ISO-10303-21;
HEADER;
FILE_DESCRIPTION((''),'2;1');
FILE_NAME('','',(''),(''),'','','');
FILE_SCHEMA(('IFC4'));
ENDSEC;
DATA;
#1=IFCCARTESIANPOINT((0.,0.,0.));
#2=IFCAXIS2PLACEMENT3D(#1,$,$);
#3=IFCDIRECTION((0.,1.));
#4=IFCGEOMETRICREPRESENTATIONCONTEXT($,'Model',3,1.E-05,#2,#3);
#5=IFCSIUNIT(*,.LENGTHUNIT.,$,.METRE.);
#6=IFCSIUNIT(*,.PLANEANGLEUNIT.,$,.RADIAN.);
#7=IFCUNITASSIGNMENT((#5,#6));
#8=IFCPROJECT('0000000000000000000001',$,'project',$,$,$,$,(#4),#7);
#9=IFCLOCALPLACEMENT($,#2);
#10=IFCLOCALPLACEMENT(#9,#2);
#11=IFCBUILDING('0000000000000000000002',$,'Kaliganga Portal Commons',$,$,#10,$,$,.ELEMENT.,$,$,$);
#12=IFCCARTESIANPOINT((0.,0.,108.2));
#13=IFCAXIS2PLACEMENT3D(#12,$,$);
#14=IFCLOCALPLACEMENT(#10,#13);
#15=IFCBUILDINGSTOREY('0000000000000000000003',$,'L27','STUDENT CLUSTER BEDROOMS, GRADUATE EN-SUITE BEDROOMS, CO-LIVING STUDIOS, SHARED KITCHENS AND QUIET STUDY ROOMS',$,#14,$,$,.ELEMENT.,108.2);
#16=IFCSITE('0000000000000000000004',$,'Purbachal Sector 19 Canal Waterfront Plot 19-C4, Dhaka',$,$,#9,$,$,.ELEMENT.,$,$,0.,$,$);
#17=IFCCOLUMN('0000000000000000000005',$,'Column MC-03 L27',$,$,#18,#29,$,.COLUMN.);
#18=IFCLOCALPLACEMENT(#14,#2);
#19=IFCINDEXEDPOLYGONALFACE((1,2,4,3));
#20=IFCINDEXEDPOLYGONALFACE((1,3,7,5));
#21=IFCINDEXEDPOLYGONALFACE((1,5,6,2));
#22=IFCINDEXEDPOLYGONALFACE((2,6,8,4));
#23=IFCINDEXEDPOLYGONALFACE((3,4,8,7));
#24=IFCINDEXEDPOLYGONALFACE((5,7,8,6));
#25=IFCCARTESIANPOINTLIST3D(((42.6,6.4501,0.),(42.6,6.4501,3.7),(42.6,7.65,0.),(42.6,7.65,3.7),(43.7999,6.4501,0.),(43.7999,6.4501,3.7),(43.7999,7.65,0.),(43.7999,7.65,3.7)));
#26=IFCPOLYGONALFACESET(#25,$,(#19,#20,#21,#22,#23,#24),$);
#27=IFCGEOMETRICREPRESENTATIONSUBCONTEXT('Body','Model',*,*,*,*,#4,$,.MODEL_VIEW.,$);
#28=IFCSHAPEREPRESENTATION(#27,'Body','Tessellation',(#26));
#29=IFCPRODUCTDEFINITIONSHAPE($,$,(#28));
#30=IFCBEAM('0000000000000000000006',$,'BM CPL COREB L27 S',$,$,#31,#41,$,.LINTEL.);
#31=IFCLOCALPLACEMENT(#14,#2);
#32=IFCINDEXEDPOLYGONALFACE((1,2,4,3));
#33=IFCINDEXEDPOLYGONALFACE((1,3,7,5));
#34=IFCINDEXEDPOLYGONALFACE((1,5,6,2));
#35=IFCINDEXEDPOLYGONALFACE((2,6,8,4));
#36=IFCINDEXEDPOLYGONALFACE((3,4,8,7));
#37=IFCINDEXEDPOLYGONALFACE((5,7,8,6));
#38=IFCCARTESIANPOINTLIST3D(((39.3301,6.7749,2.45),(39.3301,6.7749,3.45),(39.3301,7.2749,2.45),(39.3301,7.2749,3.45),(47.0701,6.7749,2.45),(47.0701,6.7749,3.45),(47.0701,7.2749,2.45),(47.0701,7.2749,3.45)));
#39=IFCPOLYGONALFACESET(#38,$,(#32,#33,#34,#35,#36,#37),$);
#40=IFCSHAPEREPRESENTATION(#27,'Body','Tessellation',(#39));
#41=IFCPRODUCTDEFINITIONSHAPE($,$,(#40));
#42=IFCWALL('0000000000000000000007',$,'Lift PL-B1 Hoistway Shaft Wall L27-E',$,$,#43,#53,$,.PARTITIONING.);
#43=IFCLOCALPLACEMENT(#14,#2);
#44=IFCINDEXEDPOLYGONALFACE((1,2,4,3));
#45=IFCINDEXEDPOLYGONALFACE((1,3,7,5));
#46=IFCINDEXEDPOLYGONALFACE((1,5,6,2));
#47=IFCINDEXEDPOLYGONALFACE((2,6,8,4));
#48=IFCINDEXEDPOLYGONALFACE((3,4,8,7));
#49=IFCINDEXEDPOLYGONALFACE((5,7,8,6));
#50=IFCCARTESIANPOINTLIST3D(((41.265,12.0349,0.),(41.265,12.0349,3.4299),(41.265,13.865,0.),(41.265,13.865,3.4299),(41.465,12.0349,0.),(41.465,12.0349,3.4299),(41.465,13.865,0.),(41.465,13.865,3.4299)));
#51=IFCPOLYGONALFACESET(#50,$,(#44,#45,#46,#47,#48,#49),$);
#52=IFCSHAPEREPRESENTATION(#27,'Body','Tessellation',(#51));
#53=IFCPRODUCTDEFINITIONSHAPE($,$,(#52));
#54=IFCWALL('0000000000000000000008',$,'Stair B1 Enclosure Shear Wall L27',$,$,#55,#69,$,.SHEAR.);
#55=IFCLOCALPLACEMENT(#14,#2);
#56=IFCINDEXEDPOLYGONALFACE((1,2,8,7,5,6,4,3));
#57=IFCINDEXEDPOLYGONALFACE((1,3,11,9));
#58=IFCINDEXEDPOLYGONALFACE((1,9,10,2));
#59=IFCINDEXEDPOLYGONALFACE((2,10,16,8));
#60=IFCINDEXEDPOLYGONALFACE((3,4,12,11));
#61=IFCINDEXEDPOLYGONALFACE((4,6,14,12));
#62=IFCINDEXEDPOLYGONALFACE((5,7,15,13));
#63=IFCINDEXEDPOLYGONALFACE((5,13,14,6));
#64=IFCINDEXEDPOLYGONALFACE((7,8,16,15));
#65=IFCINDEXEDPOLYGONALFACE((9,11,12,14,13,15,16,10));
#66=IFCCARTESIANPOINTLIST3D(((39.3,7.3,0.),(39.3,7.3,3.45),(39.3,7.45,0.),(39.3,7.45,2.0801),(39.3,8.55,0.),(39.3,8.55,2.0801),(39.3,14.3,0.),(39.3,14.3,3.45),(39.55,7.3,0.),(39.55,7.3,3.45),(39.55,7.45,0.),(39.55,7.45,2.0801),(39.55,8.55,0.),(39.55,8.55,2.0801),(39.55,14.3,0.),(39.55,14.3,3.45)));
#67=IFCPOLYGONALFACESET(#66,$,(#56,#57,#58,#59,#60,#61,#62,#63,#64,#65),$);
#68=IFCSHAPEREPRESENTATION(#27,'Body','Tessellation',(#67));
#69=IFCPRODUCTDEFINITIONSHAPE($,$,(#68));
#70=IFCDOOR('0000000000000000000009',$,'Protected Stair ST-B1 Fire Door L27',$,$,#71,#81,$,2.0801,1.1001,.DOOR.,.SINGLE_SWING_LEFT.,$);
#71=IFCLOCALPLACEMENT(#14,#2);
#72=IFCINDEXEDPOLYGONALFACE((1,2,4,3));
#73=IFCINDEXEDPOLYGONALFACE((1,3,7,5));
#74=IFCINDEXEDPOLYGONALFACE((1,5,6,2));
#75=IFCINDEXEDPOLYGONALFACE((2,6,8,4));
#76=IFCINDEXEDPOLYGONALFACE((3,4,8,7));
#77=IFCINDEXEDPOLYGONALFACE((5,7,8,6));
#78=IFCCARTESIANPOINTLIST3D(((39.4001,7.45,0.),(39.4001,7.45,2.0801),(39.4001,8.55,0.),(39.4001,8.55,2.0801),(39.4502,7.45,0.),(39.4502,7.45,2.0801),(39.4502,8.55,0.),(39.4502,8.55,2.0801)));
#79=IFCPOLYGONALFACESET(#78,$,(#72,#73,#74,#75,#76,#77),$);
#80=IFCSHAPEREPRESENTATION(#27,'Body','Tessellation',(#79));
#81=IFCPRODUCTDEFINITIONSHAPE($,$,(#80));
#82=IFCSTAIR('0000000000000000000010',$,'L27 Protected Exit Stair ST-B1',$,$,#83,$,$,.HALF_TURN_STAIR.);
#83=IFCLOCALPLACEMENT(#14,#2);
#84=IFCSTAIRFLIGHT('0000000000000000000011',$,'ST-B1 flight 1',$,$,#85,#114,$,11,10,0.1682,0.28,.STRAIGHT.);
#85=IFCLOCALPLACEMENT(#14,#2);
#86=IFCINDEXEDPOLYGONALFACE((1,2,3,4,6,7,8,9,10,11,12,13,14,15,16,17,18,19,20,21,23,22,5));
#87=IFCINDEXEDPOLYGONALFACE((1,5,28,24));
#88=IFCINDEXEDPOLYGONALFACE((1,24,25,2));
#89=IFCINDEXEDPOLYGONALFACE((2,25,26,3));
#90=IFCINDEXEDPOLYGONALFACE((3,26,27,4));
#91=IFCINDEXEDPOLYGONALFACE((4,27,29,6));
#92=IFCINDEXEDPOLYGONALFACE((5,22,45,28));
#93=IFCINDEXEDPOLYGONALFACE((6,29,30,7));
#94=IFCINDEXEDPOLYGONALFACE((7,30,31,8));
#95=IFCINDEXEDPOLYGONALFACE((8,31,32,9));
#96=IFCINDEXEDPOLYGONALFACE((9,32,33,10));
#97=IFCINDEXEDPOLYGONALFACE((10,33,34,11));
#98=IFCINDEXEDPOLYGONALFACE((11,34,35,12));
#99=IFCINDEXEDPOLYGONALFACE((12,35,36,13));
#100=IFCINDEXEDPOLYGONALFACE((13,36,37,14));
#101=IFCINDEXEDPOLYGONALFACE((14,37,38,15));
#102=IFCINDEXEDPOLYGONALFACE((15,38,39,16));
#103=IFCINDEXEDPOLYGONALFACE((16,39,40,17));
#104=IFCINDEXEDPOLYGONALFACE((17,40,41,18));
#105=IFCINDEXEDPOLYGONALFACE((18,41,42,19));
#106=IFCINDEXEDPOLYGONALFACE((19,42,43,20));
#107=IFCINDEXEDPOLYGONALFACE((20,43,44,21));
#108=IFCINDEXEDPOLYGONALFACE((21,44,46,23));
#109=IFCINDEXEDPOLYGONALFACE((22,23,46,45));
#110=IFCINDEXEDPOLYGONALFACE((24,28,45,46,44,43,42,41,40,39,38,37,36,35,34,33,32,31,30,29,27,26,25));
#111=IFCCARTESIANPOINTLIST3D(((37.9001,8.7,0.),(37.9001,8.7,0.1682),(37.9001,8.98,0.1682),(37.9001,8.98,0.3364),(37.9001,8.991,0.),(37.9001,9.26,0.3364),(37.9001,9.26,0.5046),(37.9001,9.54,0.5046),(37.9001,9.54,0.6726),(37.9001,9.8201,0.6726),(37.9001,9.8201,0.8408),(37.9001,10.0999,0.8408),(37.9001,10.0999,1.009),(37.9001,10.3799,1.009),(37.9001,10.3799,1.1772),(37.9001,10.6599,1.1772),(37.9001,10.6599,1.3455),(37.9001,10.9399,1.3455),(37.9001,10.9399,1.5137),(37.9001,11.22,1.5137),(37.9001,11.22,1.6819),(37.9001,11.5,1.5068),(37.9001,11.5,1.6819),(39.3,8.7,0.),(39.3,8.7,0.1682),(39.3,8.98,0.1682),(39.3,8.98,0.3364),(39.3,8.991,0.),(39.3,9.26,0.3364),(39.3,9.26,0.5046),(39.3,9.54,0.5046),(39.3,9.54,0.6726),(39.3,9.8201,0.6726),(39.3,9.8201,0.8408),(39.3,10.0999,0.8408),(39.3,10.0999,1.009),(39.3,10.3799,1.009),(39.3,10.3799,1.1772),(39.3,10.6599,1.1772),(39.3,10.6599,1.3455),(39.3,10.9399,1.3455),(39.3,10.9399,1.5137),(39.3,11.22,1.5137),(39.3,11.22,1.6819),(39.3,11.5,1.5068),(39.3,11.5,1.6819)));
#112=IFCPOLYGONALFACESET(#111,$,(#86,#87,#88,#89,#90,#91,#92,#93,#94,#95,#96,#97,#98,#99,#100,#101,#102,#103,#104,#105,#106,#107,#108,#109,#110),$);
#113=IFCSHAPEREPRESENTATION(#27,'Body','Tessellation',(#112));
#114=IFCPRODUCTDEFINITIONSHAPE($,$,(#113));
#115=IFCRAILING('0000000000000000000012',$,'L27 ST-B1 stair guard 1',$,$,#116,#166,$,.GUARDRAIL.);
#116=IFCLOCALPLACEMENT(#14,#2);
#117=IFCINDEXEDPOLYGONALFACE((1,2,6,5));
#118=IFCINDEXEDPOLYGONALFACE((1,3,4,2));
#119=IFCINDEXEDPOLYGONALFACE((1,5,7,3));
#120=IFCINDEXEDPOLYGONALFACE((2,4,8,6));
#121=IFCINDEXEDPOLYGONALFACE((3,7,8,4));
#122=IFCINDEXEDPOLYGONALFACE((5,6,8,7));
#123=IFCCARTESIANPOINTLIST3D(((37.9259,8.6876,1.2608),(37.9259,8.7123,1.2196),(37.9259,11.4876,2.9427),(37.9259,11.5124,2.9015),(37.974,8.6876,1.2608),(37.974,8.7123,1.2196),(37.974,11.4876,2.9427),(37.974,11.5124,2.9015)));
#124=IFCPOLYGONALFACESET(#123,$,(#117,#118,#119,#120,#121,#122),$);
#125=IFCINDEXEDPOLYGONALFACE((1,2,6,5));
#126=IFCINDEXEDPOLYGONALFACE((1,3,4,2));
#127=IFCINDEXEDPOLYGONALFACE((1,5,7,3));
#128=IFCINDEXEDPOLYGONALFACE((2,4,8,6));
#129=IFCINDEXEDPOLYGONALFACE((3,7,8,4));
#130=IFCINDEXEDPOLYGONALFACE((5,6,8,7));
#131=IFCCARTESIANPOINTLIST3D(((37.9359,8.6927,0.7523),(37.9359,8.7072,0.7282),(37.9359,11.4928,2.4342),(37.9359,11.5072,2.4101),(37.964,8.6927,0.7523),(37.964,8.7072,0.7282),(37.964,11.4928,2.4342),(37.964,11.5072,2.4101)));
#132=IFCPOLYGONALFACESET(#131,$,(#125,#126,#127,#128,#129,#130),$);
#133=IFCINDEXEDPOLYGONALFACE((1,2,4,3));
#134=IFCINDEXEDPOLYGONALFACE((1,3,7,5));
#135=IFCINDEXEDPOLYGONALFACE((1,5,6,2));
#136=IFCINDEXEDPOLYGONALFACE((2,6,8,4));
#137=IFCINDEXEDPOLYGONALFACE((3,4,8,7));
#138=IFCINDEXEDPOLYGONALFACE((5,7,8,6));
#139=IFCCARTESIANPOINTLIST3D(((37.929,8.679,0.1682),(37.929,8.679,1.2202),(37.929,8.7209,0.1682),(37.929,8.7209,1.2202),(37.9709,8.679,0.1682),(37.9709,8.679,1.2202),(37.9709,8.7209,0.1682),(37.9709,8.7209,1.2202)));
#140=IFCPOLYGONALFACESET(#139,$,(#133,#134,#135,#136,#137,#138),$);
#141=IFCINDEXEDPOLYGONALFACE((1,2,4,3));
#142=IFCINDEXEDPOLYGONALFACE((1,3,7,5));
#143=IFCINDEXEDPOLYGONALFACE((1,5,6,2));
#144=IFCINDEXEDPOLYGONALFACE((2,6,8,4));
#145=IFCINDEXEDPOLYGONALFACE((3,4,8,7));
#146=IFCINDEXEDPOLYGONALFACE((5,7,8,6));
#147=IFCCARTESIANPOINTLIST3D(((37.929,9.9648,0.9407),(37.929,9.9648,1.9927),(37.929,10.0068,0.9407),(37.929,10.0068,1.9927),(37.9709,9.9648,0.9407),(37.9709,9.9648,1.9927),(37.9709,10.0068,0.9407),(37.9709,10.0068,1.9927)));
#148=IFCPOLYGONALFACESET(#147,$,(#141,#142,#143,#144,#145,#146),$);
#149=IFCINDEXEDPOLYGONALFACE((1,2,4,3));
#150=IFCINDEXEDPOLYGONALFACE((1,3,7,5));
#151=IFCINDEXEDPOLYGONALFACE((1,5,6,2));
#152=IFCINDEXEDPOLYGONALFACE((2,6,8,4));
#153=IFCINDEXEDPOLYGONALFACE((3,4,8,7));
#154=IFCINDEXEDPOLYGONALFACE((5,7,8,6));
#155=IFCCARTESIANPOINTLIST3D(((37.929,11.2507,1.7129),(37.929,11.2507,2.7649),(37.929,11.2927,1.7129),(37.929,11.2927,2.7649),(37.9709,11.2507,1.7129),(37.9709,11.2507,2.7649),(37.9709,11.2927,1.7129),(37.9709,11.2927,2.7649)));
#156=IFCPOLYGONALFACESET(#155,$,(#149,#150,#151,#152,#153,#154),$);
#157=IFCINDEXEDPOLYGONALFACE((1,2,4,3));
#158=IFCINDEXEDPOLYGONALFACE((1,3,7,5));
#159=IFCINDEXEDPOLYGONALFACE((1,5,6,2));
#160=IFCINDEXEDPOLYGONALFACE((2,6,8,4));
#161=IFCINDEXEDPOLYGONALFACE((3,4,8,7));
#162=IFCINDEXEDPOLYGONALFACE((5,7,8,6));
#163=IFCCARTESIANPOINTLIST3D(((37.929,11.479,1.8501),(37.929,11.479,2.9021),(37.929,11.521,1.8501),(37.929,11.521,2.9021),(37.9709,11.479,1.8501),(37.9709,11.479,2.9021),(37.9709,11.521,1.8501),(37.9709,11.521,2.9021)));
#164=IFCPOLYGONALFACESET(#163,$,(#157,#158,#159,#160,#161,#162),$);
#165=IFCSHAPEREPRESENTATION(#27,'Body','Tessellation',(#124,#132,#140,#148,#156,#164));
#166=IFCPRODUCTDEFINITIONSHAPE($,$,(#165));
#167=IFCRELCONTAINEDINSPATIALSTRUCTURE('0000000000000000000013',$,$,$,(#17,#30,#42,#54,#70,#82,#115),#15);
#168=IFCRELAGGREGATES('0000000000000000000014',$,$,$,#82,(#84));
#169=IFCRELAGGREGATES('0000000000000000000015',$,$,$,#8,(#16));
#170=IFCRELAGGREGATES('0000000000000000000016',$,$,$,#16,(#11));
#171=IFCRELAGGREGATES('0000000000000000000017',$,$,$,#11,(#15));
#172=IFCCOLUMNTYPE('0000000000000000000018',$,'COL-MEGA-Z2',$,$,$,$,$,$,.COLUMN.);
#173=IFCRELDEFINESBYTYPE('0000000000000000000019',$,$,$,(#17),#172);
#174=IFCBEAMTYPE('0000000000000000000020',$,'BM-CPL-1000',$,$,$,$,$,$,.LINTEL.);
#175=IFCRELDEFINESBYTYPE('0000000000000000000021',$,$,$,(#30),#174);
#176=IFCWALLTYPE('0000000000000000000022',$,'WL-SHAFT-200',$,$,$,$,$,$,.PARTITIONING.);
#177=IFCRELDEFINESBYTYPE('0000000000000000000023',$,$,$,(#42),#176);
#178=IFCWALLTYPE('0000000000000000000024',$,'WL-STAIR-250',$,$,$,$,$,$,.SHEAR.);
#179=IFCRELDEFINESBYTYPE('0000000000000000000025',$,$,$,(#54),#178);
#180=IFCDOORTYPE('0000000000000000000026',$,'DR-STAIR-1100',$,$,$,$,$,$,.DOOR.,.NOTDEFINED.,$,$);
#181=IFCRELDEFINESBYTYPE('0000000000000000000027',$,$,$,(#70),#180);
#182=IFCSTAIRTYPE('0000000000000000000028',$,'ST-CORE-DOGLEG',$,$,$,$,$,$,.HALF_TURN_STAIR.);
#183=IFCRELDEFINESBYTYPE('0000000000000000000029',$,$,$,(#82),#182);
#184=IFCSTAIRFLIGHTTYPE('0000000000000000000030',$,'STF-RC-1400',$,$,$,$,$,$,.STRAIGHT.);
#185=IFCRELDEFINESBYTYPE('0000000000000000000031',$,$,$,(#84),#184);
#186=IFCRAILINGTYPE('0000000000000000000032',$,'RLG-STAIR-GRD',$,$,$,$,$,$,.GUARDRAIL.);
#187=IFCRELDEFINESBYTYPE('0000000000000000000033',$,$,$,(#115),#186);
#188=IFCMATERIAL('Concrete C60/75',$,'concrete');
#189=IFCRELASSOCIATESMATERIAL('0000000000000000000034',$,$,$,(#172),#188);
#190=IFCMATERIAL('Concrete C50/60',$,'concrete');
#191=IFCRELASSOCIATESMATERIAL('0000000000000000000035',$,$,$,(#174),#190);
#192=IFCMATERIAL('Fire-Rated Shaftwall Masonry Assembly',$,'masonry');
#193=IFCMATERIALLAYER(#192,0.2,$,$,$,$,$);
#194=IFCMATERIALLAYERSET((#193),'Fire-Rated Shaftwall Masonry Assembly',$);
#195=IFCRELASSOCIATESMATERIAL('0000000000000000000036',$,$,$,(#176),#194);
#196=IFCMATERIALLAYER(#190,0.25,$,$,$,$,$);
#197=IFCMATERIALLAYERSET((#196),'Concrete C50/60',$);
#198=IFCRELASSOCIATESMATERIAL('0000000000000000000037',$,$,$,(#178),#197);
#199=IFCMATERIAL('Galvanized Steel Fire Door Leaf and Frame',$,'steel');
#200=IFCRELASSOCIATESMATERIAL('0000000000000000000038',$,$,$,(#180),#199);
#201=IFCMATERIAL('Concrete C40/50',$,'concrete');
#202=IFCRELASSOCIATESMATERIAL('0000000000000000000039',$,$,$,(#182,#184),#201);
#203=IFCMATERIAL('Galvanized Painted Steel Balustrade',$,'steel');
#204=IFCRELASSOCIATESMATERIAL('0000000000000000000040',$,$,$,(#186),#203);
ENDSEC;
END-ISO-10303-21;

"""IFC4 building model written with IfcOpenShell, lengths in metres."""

from ifc_helpers import new_model, si_unit, direction, frame, frame_2d, origin, origin_2d, place, context, subcontext, project, spatial, polyline, rectangle, outline, extrude, source, transform, mapped, material, layer, layer_set, material_profile, profile_set, type_object, element, fill, aggregate, save


model = new_model("IFC4")

# Units and contexts
model_context = context("Model", 3, precision=1e-05, world=origin(), true_north=direction((0.0, 1.0)))
body_context = subcontext(model_context, "Body", "Model", "MODEL_VIEW")
ifc_project = project(units=[si_unit("LENGTHUNIT", "METRE"), si_unit("PLANEANGLEUNIT", "RADIAN")], contexts=[model_context])

# Site, building, storey
site_placement = place(None, origin())
site = spatial("IfcSite", under=ifc_project, at=site_placement, Name="Purbachal Sector 19 Canal Waterfront Plot 19-C4, Dhaka", CompositionType="ELEMENT", RefElevation=0.0)
building_placement = place(site_placement, origin())
building = spatial("IfcBuilding", under=site, at=building_placement, Name="Kaliganga Portal Commons", CompositionType="ELEMENT")
storey_placement = place(building_placement, frame((0.0, 0.0, 108.2)))
storey = spatial("IfcBuildingStorey", under=building, at=storey_placement, Name="L27", Description="STUDENT CLUSTER BEDROOMS, GRADUATE EN-SUITE BEDROOMS, CO-LIVING STUDIOS, SHARED KITCHENS AND QUIET STUDY ROOMS", CompositionType="ELEMENT", Elevation=108.2)

# Column
ifc_material_1 = material(Name="Concrete C60/75", Category="concrete")
ifc_material_profile_1 = material_profile(ifc_material_1, rectangle(XDim=1.2, YDim=1.2, at=origin_2d()), Name="RC 1200x1200")
ifc_profile_set_1 = profile_set([ifc_material_profile_1], Name="Concrete C60/75")
column_type = type_object("IfcColumnType", Name="COL-MEGA-Z2", PredefinedType="COLUMN", material=ifc_profile_set_1)
shared_shape_1 = source(origin(), body_context, "Body", "SweptSolid", [
    extrude(rectangle(XDim=1.2, YDim=1.2, at=origin_2d()), origin(), (0.0, 0.0, 1.0), 3.7),
])
column_placement = place(storey_placement, frame((43.2, 7.05, 0.0), z_axis=(0.0, 0.0, 1.0), x_axis=(1.0, 0.0, 0.0)))
element("IfcColumn", 1, at=column_placement, inside=storey, type_object=column_type, Name="Column MC-03 L27", PredefinedType="COLUMN", context=body_context, shape_type="MappedRepresentation", body=[
    mapped(shared_shape_1, transform((0.0, 0.0, 0.0), x_axis=(1.0, 0.0, 0.0), y_axis=(0.0, 1.0, 0.0), z_axis=(0.0, 0.0, 1.0), scale=1.0)),
])

# Beam
ifc_material_2 = material(Name="Concrete C50/60", Category="concrete")
ifc_material_profile_2 = material_profile(ifc_material_2, rectangle(XDim=0.5, YDim=1.0, at=origin_2d()), Name="RC 500x1000")
ifc_profile_set_2 = profile_set([ifc_material_profile_2], Name="Concrete C50/60")
beam_type = type_object("IfcBeamType", Name="BM-CPL-1000", PredefinedType="LINTEL", material=ifc_profile_set_2)
shared_shape_2 = source(origin(), body_context, "Body", "SweptSolid", [
    extrude(rectangle(XDim=0.5, YDim=1.0, at=origin_2d()), origin(), (0.0, 0.0, 1.0), 7.74),
])
beam_placement = place(storey_placement, frame((39.3301, 7.0249, 2.95), z_axis=(1.0, 0.0, 0.0), x_axis=(0.0, 1.0, 0.0)))
element("IfcBeam", 2, at=beam_placement, inside=storey, type_object=beam_type, Name="BM CPL COREB L27 S", PredefinedType="LINTEL", context=body_context, shape_type="MappedRepresentation", body=[
    mapped(shared_shape_2, transform((0.0, 0.0, 0.0), x_axis=(1.0, 0.0, 0.0), y_axis=(0.0, 1.0, 0.0), z_axis=(0.0, 0.0, 1.0), scale=1.0)),
])

# Shared definitions
ifc_material_3 = material(Name="Fire-Rated Shaftwall Masonry Assembly", Category="masonry")
ifc_layer_1 = layer(ifc_material_3, 0.2)
ifc_layer_set_1 = layer_set([ifc_layer_1], Name="Fire-Rated Shaftwall Masonry Assembly")
wall_type_1 = type_object("IfcWallType", Name="WL-SHAFT-200", PredefinedType="PARTITIONING", material=ifc_layer_set_1)

# Wall
wall_1_placement = place(storey_placement, frame((41.365, 12.0349, 0.0), z_axis=(0.0, 0.0, 1.0), x_axis=(0.0, 1.0, 0.0)))
element("IfcWall", 3, at=wall_1_placement, inside=storey, type_object=wall_type_1, Name="Lift PL-B1 Hoistway Shaft Wall L27-E", PredefinedType="PARTITIONING", context=body_context, shape_type="SweptSolid", body=[
    extrude(rectangle(XDim=1.8301, YDim=0.2, at=frame_2d((0.915, 0.0))), origin(), (0.0, 0.0, 1.0), 3.4299),
])

# Wall, opening, door
ifc_layer_2 = layer(ifc_material_2, 0.25)
ifc_layer_set_2 = layer_set([ifc_layer_2], Name="Concrete C50/60")
wall_type_2 = type_object("IfcWallType", Name="WL-STAIR-250", PredefinedType="SHEAR", material=ifc_layer_set_2)
wall_2_placement = place(storey_placement, frame((39.425, 7.3, 0.0), z_axis=(0.0, 0.0, 1.0), x_axis=(0.0, 1.0, 0.0)))
wall_2 = element("IfcWall", 4, at=wall_2_placement, inside=storey, type_object=wall_type_2, Name="Stair B1 Enclosure Shear Wall L27", PredefinedType="SHEAR", context=body_context, shape_type="SweptSolid", body=[
    extrude(rectangle(XDim=7.0, YDim=0.25, at=frame_2d((3.5, 0.0))), origin(), (0.0, 0.0, 1.0), 3.45),
])
opening_1_placement = place(wall_2_placement, frame((0.1499, 0.0, 0.0)))
opening_1 = element("IfcOpeningElement", 5, at=opening_1_placement, cuts=wall_2, PredefinedType="OPENING", context=body_context, shape_type="SweptSolid", body=[
    extrude(rectangle(XDim=1.1001, YDim=2.0801, at=frame_2d((0.55, 1.04))), frame((0.0, 0.135, 0.0), z_axis=(0.0, -1.0, 0.0), x_axis=(1.0, 0.0, 0.0)), (0.0, 0.0, 1.0), 0.27),
])
ifc_material_4 = material(Name="Galvanized Steel Fire Door Leaf and Frame", Category="steel")
door_type_1 = type_object("IfcDoorType", Name="DR-STAIR-1100", OperationType="NOTDEFINED", PredefinedType="DOOR", material=ifc_material_4)
door_1_placement = place(opening_1_placement, origin())
door_1 = element("IfcDoor", 6, at=door_1_placement, inside=storey, type_object=door_type_1, Name="Protected Stair ST-B1 Fire Door L27", OperationType="SINGLE_SWING_LEFT", OverallHeight=2.0801, OverallWidth=1.1001, PredefinedType="DOOR", context=body_context, shape_type="SweptSolid", body=[
    extrude(rectangle(XDim=1.1001, YDim=2.0801, at=frame_2d((0.55, 1.04))), frame((0.0, 0.0249, 0.0), z_axis=(0.0, -1.0, 0.0), x_axis=(1.0, 0.0, 0.0)), (0.0, 0.0, 1.0), 0.05),
])
fill(opening_1, door_1)

# Stair, stair flight
ifc_material_5 = material(Name="Concrete C40/50", Category="concrete")
stair_type = type_object("IfcStairType", Name="ST-CORE-DOGLEG", PredefinedType="HALF_TURN_STAIR", material=ifc_material_5)
stair_placement = place(storey_placement, origin())
stair = element("IfcStair", 7, at=stair_placement, inside=storey, type_object=stair_type, Name="L27 Protected Exit Stair ST-B1", PredefinedType="HALF_TURN_STAIR")
stair_flight_type = type_object("IfcStairFlightType", Name="STF-RC-1400", PredefinedType="STRAIGHT", material=ifc_material_5)
stair_flight_placement = place(storey_placement, frame((38.6001, 8.7, 0.0), z_axis=(0.0, 0.0, 1.0), x_axis=(0.0, 1.0, 0.0)))
stair_flight = element("IfcStairFlight", 8, at=stair_flight_placement, type_object=stair_flight_type, Name="ST-B1 flight 1", NumberOfRisers=11, NumberOfTreads=10, PredefinedType="STRAIGHT", RiserHeight=0.1682, TreadLength=0.28, context=body_context, shape_type="SweptSolid", body=[
    extrude(outline(polyline([(0.0, 0.0), (0.0, 0.1682), (0.28, 0.1682), (0.28, 0.3364), (0.5601, 0.3364), (0.5601, 0.5046), (0.8401, 0.5046), (0.8401, 0.6726), (1.1201, 0.6726), (1.1201, 0.8408), (1.3999, 0.8408), (1.3999, 1.009), (1.6799, 1.009), (1.6799, 1.1772), (1.96, 1.1772), (1.96, 1.3455), (2.24, 1.3455), (2.24, 1.5137), (2.52, 1.5137), (2.52, 1.6819), (2.8, 1.6819), (2.8, 1.8501), (2.8, 1.5068), (0.291, 0.0), (0.0, 0.0)])), frame((0.0, 0.7, 0.0), z_axis=(0.0, -1.0, 0.0), x_axis=(1.0, 0.0, 0.0)), (0.0, 0.0, 1.0), 1.3999),
])
aggregate(stair, [stair_flight])

# Railing
ifc_material_6 = material(Name="Galvanized Painted Steel Balustrade", Category="steel")
railing_type_1 = type_object("IfcRailingType", Name="RLG-STAIR-GRD", PredefinedType="GUARDRAIL", material=ifc_material_6)
railing_1_placement = place(storey_placement, frame((37.95, 8.7, 0.1682)))
element("IfcRailing", 9, at=railing_1_placement, inside=storey, type_object=railing_type_1, Name="L27 ST-B1 stair guard 1", PredefinedType="GUARDRAIL", context=body_context, shape_type="SweptSolid", body=[
    extrude(rectangle(XDim=0.0481, YDim=0.0481, at=origin_2d()), frame((0.0, 0.0, 1.072), z_axis=(0.0, 0.857242, 0.514913), x_axis=(-1.0, 0.0, 0.0)), (0.0, 0.0, 1.0), 3.2664),
    extrude(rectangle(XDim=0.0281, YDim=0.0281, at=origin_2d()), frame((0.0, 0.0, 0.572), z_axis=(0.0, 0.857242, 0.514913), x_axis=(-1.0, 0.0, 0.0)), (0.0, 0.0, 1.0), 3.2664),
    extrude(rectangle(XDim=0.042, YDim=0.042, at=origin_2d()), origin(), (0.0, 0.0, 1.0), 1.052),
    extrude(rectangle(XDim=0.042, YDim=0.042, at=origin_2d()), frame((0.0, 1.2859, 0.7725)), (0.0, 0.0, 1.0), 1.052),
    extrude(rectangle(XDim=0.042, YDim=0.042, at=origin_2d()), frame((0.0, 2.5718, 1.5447)), (0.0, 0.0, 1.0), 1.052),
    extrude(rectangle(XDim=0.042, YDim=0.042, at=origin_2d()), frame((0.0, 2.8, 1.6819)), (0.0, 0.0, 1.0), 1.052),
])

save(model, "model.ifc")
